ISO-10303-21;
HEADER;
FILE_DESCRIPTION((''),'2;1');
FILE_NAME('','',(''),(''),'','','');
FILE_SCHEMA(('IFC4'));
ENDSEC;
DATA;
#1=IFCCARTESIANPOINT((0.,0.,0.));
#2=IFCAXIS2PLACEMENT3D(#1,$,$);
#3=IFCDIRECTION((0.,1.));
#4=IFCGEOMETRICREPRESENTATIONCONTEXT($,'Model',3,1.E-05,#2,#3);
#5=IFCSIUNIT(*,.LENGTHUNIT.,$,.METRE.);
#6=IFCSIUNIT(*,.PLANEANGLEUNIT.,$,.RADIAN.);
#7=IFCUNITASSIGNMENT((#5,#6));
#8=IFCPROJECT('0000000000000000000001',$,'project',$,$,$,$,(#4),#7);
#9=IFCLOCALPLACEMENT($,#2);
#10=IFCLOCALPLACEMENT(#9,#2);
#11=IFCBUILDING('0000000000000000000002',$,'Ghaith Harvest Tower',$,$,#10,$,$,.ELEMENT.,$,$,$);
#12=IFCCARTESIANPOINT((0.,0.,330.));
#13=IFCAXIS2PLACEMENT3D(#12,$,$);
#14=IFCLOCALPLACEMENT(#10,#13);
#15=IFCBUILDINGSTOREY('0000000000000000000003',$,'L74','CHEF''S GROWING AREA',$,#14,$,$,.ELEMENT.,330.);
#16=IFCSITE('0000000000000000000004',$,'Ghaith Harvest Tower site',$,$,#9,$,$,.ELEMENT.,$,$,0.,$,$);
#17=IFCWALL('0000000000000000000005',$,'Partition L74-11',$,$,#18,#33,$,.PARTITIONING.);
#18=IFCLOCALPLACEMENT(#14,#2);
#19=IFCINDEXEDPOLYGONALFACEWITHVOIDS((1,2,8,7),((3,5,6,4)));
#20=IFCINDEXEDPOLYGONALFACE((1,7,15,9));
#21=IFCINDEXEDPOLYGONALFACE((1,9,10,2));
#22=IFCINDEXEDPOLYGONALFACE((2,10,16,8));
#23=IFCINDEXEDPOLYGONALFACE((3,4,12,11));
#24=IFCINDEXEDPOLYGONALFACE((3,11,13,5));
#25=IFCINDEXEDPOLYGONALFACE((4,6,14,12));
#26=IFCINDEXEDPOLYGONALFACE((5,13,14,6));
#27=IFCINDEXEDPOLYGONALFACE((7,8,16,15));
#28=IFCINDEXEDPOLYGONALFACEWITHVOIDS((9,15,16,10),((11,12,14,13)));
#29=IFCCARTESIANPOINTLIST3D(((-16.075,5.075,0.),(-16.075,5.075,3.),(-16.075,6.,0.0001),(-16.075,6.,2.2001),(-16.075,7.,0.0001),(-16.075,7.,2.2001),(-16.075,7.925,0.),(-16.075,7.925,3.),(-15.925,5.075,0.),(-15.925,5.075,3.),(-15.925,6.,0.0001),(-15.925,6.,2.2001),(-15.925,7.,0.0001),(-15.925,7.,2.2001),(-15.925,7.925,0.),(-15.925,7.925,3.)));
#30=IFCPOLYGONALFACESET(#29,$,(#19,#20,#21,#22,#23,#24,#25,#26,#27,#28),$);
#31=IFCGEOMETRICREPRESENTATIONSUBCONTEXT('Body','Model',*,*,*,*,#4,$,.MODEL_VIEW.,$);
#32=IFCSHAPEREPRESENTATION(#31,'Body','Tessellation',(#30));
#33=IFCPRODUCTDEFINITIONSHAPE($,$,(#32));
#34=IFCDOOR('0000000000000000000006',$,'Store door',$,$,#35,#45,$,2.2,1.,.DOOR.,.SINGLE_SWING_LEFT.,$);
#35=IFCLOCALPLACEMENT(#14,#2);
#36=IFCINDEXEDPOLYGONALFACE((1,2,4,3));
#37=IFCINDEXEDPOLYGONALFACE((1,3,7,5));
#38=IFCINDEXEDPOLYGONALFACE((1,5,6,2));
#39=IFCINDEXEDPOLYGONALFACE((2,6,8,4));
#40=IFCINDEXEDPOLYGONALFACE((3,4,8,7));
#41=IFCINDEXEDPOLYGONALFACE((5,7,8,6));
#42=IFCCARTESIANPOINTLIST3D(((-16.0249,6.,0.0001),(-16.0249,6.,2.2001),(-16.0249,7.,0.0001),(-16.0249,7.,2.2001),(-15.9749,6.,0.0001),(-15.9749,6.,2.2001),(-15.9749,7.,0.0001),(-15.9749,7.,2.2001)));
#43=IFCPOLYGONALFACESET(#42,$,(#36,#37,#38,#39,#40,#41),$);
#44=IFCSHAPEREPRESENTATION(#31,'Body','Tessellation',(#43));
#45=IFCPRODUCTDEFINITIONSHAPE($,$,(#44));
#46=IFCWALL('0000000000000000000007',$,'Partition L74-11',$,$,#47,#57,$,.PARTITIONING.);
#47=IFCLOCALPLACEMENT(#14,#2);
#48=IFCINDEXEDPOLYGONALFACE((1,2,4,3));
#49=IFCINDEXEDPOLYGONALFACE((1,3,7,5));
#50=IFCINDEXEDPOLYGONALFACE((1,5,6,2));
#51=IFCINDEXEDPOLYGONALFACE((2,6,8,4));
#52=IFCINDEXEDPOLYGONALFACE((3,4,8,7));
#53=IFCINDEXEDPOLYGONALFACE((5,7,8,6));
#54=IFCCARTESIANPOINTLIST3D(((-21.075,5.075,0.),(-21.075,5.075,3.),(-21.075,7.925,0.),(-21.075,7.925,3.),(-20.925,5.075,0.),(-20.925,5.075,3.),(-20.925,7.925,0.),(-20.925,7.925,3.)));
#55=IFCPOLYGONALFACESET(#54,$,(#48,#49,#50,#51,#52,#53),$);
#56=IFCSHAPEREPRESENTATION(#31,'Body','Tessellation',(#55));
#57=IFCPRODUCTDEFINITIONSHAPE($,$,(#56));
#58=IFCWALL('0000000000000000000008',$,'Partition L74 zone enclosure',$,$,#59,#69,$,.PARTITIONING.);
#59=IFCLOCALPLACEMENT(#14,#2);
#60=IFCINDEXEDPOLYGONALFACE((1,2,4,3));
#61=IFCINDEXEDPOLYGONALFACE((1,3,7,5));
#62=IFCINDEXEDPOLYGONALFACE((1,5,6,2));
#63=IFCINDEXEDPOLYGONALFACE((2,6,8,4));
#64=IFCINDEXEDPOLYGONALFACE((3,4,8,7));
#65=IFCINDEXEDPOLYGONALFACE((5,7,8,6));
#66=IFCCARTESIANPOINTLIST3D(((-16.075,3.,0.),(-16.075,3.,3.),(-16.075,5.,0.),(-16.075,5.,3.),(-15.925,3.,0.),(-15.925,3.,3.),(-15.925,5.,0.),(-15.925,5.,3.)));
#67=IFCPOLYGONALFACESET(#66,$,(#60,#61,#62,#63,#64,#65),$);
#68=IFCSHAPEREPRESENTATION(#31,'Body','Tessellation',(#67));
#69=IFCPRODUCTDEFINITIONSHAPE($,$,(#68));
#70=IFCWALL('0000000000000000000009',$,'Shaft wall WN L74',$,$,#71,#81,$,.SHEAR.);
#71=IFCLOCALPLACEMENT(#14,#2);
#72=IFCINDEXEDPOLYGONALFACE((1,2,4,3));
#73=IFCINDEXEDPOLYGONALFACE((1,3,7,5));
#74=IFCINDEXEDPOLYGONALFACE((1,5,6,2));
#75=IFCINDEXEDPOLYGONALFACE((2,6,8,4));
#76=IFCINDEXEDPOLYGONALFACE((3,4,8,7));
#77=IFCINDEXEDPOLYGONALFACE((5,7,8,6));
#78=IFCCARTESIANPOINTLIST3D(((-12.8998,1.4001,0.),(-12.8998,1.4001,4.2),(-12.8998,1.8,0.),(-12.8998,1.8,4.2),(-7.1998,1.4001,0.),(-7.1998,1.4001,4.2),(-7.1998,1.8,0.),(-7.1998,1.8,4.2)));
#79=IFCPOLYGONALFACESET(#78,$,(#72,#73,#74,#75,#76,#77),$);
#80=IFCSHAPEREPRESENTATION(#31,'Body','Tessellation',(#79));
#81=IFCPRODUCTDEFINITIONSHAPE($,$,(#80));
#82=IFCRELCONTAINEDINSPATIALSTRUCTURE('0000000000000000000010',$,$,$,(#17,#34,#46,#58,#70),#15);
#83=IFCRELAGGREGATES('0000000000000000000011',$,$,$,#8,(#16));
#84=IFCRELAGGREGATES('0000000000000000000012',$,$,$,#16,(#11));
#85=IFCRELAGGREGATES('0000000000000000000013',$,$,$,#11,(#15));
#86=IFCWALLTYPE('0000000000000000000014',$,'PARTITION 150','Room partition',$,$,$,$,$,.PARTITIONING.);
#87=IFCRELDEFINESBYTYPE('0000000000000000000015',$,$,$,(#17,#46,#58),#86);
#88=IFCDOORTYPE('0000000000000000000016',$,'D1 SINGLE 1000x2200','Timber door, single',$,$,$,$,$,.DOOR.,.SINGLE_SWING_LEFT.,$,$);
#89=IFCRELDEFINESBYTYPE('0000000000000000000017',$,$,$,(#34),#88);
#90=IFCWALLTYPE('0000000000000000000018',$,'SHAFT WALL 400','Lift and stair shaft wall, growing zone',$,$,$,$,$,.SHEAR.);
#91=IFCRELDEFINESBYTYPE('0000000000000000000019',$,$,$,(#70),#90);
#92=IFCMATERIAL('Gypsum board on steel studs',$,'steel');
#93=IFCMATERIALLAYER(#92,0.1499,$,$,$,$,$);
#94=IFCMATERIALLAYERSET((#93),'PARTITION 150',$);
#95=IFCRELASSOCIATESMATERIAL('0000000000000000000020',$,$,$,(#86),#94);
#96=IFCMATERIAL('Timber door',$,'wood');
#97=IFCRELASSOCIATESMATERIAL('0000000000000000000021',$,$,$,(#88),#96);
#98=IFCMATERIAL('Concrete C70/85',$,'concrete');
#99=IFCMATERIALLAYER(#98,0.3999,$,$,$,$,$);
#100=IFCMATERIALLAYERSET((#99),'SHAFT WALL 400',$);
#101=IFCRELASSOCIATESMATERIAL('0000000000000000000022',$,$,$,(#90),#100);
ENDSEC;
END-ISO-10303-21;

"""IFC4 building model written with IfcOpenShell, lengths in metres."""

from ifc_helpers import new_model, si_unit, direction, frame, frame_2d, origin, place, context, subcontext, project, spatial, rectangle, extrude, material, layer, layer_set, type_object, element, fill, save


model = new_model("IFC4")

# Units and contexts
model_context = context("Model", 3, precision=1e-05, world=origin(), true_north=direction((0.0, 1.0)))
body_context = subcontext(model_context, "Body", "Model", "MODEL_VIEW")
ifc_project = project(units=[si_unit("LENGTHUNIT", "METRE"), si_unit("PLANEANGLEUNIT", "RADIAN")], contexts=[model_context])

# Site, building, storey
site_placement = place(None, origin())
site = spatial("IfcSite", under=ifc_project, at=site_placement, Name="Ghaith Harvest Tower site", CompositionType="ELEMENT", RefElevation=0.0)
building_placement = place(site_placement, origin())
building = spatial("IfcBuilding", under=site, at=building_placement, Name="Ghaith Harvest Tower", CompositionType="ELEMENT")
storey_placement = place(building_placement, frame((0.0, 0.0, 330.0)))
storey = spatial("IfcBuildingStorey", under=building, at=storey_placement, Name="L74", Description="CHEF'S GROWING AREA", CompositionType="ELEMENT", Elevation=330.0)

# Shared definitions
ifc_material_1 = material(Name="Gypsum board on steel studs", Category="steel")
ifc_layer_1 = layer(ifc_material_1, 0.1499)
ifc_layer_set_1 = layer_set([ifc_layer_1], Name="PARTITION 150")
wall_type_1 = type_object("IfcWallType", Name="PARTITION 150", Description="Room partition", PredefinedType="PARTITIONING", material=ifc_layer_set_1)

# Wall, opening, door
wall_1_placement = place(storey_placement, frame((-16.0, 5.075, 0.0), z_axis=(0.0, 0.0, 1.0), x_axis=(0.0, 1.0, 0.0)))
wall_1 = element("IfcWall", 1, at=wall_1_placement, inside=storey, type_object=wall_type_1, Name="Partition L74-11", PredefinedType="PARTITIONING", context=body_context, shape_type="SweptSolid", body=[
    extrude(rectangle(XDim=2.8501, YDim=0.1499, at=frame_2d((1.425, 0.0))), origin(), (0.0, 0.0, 1.0), 3.0),
])
opening_placement = place(wall_1_placement, frame((0.925, 0.0, 0.0)))
opening = element("IfcOpeningElement", 2, at=opening_placement, cuts=wall_1, PredefinedType="OPENING", context=body_context, shape_type="SweptSolid", body=[
    extrude(rectangle(XDim=1.0, YDim=2.2, at=frame_2d((0.5, 1.1001))), frame((0.0, 0.085, 0.0), z_axis=(0.0, -1.0, 0.0), x_axis=(1.0, 0.0, 0.0)), (0.0, 0.0, 1.0), 0.1699),
])
ifc_material_2 = material(Name="Timber door", Category="wood")
door_type = type_object("IfcDoorType", Name="D1 SINGLE 1000x2200", Description="Timber door, single", OperationType="SINGLE_SWING_LEFT", PredefinedType="DOOR", material=ifc_material_2)
door_placement = place(opening_placement, origin())
door = element("IfcDoor", 3, at=door_placement, inside=storey, type_object=door_type, Name="Store door", OperationType="SINGLE_SWING_LEFT", OverallHeight=2.2, OverallWidth=1.0, PredefinedType="DOOR", context=body_context, shape_type="SweptSolid", body=[
    extrude(rectangle(XDim=1.0, YDim=2.2, at=frame_2d((0.5, 1.1001))), frame((0.0, 0.0249, 0.0), z_axis=(0.0, -1.0, 0.0), x_axis=(1.0, 0.0, 0.0)), (0.0, 0.0, 1.0), 0.05),
])
fill(opening, door)

# Walls
wall_2_placement = place(storey_placement, frame((-21.0, 5.075, 0.0), z_axis=(0.0, 0.0, 1.0), x_axis=(0.0, 1.0, 0.0)))
element("IfcWall", 4, at=wall_2_placement, inside=storey, type_object=wall_type_1, Name="Partition L74-11", PredefinedType="PARTITIONING", context=body_context, shape_type="SweptSolid", body=[
    extrude(rectangle(XDim=2.8501, YDim=0.1499, at=frame_2d((1.425, 0.0))), origin(), (0.0, 0.0, 1.0), 3.0),
])
wall_3_placement = place(storey_placement, frame((-16.0, 5.0, 0.0), z_axis=(0.0, 0.0, 1.0), x_axis=(0.0, -1.0, 0.0)))
element("IfcWall", 5, at=wall_3_placement, inside=storey, type_object=wall_type_1, Name="Partition L74 zone enclosure", PredefinedType="PARTITIONING", context=body_context, shape_type="SweptSolid", body=[
    extrude(rectangle(XDim=2.0, YDim=0.1499, at=frame_2d((1.0, 0.0))), origin(), (0.0, 0.0, 1.0), 3.0),
])
ifc_material_3 = material(Name="Concrete C70/85", Category="concrete")
ifc_layer_2 = layer(ifc_material_3, 0.3999)
ifc_layer_set_2 = layer_set([ifc_layer_2], Name="SHAFT WALL 400")
wall_type_2 = type_object("IfcWallType", Name="SHAFT WALL 400", Description="Lift and stair shaft wall, growing zone", PredefinedType="SHEAR", material=ifc_layer_set_2)
wall_4_placement = place(storey_placement, frame((-12.8999, 1.6001, 0.0), z_axis=(0.0, 0.0, 1.0), x_axis=(1.0, 0.0, 0.0)))
element("IfcWall", 6, at=wall_4_placement, inside=storey, type_object=wall_type_2, Name="Shaft wall WN L74", PredefinedType="SHEAR", context=body_context, shape_type="SweptSolid", body=[
    extrude(rectangle(XDim=5.7, YDim=0.3999, at=frame_2d((2.8501, 0.0))), origin(), (0.0, 0.0, 1.0), 4.2),
])

save(model, "model.ifc")
